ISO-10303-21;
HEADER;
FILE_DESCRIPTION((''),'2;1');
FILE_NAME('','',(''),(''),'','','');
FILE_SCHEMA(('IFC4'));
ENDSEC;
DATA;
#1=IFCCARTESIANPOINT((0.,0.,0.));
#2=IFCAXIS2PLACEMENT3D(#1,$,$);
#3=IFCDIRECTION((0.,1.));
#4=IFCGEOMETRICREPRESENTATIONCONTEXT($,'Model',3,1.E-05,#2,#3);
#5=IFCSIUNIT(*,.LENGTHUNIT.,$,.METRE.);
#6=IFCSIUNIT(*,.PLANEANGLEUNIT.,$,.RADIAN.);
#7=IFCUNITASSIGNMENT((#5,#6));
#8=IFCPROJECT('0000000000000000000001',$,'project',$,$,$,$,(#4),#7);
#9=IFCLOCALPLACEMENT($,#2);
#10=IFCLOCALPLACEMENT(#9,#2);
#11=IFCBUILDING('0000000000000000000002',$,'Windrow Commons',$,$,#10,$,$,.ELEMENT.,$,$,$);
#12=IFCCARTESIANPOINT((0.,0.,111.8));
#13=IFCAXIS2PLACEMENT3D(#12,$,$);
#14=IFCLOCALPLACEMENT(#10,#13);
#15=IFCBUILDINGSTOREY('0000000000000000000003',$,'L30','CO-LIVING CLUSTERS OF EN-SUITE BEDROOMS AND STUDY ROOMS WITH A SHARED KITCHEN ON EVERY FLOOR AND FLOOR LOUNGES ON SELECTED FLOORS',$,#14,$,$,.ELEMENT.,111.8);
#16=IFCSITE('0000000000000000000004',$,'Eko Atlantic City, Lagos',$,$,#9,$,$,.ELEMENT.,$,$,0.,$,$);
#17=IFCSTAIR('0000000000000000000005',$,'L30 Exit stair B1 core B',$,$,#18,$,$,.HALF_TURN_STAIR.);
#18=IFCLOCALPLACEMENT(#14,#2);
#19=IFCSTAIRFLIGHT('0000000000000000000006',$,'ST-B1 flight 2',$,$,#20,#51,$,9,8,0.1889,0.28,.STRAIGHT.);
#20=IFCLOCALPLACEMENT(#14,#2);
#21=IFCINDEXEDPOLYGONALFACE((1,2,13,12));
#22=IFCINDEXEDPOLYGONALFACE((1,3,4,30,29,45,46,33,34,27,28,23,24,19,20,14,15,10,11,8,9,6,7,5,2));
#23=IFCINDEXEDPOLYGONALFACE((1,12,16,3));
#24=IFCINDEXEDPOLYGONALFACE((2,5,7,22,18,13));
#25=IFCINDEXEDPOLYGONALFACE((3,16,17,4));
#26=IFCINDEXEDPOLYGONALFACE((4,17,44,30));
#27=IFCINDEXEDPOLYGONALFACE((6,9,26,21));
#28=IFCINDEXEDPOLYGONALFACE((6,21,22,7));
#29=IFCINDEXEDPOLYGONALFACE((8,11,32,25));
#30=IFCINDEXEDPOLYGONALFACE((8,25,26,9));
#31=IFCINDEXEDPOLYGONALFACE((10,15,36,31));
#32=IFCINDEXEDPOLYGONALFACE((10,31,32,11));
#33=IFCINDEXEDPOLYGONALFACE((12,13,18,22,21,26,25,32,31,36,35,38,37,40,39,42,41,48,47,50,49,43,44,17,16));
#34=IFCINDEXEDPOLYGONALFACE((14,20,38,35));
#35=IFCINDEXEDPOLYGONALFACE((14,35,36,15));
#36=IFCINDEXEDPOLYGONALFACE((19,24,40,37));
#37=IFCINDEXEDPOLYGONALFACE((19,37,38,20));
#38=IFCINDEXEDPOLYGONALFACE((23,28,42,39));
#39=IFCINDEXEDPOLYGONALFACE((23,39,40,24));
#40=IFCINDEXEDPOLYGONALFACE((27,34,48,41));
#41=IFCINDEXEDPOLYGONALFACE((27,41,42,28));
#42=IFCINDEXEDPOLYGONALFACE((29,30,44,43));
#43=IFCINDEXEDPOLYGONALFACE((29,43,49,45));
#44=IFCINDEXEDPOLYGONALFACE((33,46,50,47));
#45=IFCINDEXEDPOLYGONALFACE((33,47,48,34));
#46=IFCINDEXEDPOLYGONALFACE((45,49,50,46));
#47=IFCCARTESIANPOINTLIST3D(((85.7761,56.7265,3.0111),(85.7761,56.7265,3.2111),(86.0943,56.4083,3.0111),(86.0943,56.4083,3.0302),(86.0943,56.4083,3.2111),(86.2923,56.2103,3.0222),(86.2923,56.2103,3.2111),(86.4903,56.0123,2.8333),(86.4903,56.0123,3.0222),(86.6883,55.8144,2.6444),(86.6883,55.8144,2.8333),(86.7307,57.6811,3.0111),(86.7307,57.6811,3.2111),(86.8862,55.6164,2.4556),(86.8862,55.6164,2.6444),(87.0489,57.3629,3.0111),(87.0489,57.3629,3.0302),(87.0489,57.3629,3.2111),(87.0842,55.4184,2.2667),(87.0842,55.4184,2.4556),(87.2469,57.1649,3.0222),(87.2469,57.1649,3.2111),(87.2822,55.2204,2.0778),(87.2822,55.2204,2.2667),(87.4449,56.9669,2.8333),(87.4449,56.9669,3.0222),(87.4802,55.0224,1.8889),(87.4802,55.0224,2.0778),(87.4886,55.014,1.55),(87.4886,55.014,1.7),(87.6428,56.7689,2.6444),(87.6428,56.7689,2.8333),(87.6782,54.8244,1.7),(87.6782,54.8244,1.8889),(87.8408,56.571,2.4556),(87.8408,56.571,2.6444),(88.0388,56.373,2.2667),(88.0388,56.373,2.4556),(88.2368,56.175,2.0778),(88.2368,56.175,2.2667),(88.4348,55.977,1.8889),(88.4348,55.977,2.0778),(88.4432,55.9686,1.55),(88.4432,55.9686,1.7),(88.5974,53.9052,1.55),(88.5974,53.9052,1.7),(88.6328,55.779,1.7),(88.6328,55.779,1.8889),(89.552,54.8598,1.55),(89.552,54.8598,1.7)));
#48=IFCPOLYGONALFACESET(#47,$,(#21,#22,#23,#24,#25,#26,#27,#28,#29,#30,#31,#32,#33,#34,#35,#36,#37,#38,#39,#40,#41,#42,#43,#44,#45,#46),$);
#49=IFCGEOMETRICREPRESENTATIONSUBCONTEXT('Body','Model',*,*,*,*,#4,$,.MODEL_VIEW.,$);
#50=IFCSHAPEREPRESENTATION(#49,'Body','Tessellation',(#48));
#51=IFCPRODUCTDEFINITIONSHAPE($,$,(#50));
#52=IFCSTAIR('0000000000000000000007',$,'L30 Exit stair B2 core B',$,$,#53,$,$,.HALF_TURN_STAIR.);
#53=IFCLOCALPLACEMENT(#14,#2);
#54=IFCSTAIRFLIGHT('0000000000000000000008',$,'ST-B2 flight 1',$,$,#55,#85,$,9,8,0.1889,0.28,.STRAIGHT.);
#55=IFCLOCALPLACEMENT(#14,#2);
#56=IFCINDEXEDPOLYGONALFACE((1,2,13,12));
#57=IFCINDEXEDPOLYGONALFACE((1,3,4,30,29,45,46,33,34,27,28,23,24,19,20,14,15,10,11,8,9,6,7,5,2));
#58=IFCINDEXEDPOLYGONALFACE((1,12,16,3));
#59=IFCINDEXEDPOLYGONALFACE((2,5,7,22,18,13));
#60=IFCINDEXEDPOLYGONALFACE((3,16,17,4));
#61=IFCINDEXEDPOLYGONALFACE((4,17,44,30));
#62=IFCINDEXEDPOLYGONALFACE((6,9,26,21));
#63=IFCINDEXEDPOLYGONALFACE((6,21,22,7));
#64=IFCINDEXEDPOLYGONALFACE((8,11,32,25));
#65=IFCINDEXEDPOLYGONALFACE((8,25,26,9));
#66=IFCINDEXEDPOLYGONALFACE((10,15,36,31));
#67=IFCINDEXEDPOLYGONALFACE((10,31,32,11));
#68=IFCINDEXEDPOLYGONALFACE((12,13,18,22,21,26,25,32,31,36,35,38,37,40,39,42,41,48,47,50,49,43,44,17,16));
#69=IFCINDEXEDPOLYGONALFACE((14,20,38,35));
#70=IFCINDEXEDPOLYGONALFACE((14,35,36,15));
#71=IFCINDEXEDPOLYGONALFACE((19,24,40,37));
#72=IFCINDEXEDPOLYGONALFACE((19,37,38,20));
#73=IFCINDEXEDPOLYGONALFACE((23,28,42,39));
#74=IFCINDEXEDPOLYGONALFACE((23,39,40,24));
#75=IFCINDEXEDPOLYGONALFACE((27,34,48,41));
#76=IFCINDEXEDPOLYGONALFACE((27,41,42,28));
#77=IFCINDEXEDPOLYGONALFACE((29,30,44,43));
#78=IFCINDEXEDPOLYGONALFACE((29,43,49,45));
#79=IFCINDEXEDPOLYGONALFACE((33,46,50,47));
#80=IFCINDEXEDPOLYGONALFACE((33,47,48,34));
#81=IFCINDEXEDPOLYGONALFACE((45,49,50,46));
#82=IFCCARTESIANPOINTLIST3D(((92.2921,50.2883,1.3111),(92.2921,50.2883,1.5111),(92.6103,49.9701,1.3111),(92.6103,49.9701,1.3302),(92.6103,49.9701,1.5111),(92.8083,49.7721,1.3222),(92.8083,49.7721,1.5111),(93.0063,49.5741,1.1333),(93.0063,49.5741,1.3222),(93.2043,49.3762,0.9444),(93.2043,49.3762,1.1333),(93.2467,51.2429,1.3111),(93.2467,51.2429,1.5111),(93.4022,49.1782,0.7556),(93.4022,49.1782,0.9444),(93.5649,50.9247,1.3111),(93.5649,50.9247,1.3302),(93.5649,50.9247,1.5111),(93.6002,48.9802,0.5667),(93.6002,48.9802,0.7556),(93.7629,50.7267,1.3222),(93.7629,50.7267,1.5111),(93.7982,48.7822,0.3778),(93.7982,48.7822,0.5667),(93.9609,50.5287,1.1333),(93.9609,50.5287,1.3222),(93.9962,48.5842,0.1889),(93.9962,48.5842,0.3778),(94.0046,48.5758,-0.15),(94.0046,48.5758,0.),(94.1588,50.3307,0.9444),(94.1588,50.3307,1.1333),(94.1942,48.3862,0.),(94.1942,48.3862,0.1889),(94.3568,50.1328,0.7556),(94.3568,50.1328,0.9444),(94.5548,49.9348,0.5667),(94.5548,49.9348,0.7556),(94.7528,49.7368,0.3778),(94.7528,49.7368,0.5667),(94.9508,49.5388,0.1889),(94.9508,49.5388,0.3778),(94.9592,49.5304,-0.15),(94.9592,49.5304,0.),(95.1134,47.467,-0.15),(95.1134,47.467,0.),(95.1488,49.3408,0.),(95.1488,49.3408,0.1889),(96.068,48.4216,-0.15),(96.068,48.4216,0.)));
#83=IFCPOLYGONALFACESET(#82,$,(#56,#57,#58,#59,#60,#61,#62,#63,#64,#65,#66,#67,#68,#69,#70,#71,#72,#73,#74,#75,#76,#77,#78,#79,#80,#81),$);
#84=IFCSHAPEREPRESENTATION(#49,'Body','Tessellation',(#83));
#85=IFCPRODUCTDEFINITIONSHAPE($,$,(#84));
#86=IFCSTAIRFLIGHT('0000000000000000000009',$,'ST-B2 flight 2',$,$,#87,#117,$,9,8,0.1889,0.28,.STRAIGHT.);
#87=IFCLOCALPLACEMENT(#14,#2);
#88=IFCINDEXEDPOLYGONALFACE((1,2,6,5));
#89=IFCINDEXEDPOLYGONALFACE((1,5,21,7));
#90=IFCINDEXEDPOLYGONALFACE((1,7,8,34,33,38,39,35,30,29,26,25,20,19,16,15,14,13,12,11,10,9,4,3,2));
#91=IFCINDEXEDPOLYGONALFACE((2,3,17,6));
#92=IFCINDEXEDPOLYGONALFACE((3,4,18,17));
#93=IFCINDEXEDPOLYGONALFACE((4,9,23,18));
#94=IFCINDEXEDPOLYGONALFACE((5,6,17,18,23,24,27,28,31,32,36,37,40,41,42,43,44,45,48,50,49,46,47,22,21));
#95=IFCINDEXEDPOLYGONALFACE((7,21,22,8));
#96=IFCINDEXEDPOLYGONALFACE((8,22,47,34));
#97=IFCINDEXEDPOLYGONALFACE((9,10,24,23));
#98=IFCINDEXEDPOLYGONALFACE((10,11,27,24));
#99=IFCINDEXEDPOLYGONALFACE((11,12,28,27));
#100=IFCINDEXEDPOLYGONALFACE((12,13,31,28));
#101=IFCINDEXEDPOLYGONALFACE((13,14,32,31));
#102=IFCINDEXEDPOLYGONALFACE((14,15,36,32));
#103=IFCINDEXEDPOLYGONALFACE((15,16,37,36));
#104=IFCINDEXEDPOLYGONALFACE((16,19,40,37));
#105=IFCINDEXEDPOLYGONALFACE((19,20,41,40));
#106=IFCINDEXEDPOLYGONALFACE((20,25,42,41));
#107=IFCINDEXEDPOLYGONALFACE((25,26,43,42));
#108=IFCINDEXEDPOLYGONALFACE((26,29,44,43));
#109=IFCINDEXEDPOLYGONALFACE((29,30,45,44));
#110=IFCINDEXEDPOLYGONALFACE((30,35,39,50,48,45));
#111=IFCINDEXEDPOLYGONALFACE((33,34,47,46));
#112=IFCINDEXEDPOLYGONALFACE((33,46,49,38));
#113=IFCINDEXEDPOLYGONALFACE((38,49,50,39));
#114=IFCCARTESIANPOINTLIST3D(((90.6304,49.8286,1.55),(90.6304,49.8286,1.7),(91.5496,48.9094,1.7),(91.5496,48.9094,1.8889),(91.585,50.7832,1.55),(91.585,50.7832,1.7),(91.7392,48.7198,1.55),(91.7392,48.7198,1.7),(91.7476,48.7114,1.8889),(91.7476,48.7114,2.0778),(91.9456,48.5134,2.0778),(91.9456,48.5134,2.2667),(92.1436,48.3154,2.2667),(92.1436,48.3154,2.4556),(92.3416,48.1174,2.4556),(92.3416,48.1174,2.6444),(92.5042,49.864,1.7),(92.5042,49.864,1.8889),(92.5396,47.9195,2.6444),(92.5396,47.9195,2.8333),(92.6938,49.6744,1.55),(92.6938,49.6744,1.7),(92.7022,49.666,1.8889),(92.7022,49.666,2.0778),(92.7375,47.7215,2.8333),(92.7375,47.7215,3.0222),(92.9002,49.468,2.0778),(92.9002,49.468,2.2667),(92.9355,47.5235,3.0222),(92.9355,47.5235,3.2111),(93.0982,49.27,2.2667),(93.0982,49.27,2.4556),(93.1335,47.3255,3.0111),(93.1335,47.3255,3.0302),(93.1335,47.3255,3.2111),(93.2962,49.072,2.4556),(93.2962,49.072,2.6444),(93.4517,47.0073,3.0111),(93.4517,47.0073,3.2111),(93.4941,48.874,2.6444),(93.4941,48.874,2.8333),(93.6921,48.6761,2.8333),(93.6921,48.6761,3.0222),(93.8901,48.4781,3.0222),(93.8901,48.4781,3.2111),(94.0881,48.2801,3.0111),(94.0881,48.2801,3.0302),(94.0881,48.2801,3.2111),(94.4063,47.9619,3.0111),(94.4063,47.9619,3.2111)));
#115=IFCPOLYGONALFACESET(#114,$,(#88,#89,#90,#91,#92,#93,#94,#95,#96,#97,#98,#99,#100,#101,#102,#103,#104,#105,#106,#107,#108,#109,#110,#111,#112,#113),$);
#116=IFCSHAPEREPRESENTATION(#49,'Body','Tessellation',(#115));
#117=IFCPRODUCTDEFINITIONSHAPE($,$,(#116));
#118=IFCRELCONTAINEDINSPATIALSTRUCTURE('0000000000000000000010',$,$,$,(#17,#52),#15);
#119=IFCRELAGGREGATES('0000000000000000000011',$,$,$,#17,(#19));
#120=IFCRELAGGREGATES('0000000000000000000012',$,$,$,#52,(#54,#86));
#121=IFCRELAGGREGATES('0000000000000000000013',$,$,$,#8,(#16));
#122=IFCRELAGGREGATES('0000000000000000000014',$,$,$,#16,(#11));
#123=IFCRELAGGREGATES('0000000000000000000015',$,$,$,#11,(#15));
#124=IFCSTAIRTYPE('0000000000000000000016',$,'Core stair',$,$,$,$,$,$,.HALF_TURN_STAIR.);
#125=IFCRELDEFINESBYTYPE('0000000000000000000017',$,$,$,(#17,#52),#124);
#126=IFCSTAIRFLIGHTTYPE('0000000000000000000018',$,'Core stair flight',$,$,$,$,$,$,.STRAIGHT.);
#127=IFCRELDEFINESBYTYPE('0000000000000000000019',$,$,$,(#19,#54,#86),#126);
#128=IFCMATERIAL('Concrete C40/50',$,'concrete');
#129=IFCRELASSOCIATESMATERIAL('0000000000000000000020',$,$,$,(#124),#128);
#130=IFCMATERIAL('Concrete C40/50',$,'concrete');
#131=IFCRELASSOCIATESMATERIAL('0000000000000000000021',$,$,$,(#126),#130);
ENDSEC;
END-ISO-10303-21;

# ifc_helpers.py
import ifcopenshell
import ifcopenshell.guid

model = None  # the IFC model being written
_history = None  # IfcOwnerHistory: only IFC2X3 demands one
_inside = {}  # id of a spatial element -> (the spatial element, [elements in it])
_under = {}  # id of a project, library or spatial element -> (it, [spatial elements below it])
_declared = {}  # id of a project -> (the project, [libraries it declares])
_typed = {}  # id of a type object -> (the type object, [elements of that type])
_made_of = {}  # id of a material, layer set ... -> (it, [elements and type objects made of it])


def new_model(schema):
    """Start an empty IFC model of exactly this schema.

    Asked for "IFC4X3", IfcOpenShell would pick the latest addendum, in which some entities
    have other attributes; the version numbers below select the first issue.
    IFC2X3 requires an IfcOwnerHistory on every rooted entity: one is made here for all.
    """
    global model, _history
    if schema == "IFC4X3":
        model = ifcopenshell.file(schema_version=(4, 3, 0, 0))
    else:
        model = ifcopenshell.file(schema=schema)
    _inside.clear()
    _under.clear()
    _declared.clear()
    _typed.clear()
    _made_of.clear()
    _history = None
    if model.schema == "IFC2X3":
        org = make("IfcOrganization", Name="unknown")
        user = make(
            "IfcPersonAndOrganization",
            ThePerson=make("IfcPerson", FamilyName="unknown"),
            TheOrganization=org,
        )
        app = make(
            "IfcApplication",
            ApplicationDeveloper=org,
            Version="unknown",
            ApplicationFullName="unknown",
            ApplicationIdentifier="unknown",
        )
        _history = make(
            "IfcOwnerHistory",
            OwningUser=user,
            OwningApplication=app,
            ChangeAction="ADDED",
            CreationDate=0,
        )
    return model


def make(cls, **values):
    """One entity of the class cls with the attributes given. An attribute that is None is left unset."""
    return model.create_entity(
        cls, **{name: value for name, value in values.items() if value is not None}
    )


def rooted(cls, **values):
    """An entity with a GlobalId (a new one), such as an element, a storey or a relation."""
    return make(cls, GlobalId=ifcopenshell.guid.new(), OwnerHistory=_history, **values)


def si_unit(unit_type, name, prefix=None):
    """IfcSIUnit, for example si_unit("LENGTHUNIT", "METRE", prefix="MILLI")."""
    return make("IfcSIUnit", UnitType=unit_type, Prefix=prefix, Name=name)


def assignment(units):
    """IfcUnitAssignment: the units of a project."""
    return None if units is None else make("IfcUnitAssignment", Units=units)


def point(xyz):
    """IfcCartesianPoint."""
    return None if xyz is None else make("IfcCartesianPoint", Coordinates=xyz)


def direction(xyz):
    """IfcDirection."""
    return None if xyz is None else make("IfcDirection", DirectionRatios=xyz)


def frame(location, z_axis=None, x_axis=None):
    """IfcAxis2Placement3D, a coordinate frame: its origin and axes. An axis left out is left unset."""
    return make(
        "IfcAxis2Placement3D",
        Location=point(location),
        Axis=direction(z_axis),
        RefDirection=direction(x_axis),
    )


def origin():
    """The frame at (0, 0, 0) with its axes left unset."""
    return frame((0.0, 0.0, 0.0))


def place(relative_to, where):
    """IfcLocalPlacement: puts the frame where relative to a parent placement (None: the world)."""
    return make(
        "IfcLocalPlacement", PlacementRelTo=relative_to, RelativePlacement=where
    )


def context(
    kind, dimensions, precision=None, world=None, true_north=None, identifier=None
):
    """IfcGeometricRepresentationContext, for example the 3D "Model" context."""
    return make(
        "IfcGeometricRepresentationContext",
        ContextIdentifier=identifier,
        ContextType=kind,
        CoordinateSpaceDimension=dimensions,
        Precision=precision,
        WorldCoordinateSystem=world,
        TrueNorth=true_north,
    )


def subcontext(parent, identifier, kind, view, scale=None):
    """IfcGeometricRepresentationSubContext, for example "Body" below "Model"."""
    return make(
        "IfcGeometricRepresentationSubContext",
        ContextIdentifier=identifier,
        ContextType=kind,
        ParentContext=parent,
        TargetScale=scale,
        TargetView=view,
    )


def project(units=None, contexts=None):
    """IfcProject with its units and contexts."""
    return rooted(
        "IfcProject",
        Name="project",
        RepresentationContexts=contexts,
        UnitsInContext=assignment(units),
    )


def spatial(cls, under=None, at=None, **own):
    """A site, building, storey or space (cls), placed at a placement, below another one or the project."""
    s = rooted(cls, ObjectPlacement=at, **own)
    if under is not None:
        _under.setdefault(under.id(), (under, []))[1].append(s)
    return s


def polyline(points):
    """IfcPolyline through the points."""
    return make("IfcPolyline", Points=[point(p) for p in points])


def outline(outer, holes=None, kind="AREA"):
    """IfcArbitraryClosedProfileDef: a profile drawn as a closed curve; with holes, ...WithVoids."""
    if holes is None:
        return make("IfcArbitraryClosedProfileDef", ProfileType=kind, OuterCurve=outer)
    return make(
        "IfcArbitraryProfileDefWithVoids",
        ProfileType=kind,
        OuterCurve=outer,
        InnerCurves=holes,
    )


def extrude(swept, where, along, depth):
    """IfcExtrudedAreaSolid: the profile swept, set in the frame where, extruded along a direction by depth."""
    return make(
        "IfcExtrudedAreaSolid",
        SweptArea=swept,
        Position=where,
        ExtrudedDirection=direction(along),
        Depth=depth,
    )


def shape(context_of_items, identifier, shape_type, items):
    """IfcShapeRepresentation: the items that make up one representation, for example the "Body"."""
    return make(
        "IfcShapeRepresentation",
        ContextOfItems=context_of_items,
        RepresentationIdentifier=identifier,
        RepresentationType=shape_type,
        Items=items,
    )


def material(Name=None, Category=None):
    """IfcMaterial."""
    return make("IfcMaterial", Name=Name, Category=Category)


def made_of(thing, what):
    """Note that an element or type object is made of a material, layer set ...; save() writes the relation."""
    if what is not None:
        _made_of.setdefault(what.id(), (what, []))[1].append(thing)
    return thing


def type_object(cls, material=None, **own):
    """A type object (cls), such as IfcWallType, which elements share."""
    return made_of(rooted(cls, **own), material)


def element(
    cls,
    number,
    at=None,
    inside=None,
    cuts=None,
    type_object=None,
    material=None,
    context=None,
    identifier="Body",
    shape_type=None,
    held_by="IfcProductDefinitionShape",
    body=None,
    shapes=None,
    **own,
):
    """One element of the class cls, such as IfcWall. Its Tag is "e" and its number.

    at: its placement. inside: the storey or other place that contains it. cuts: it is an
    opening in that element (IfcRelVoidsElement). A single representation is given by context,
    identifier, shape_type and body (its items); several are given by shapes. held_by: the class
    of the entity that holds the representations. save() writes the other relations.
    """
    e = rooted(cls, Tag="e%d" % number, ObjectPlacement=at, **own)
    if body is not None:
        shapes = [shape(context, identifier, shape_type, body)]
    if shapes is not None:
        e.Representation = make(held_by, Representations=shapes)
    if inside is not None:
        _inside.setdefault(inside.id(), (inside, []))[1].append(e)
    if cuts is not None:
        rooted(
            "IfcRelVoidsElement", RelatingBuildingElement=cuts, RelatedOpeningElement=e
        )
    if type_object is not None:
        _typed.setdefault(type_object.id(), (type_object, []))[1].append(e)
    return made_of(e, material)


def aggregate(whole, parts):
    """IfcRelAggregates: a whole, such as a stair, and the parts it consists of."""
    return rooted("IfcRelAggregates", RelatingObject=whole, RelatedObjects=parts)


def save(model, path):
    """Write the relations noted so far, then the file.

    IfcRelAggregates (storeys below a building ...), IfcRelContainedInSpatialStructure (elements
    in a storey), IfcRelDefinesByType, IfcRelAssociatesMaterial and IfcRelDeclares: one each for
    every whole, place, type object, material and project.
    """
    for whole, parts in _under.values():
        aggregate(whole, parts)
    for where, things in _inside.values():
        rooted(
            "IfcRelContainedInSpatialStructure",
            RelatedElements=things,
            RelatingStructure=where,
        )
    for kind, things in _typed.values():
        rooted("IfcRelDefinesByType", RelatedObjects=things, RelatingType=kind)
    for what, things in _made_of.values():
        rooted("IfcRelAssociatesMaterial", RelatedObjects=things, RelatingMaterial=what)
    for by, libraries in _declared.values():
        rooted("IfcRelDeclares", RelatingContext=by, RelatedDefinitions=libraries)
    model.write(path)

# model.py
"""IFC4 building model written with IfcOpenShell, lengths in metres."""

from ifc_helpers import new_model, si_unit, direction, frame, origin, place, context, subcontext, project, spatial, polyline, outline, extrude, material, type_object, element, aggregate, save


model = new_model("IFC4")

# Units and contexts
model_context = context("Model", 3, precision=1e-05, world=origin(), true_north=direction((0.0, 1.0)))
body_context = subcontext(model_context, "Body", "Model", "MODEL_VIEW")
ifc_project = project(units=[si_unit("LENGTHUNIT", "METRE"), si_unit("PLANEANGLEUNIT", "RADIAN")], contexts=[model_context])

# Site, building, storey
site_placement = place(None, origin())
site = spatial("IfcSite", under=ifc_project, at=site_placement, Name="Eko Atlantic City, Lagos", CompositionType="ELEMENT", RefElevation=0.0)
building_placement = place(site_placement, origin())
building = spatial("IfcBuilding", under=site, at=building_placement, Name="Windrow Commons", CompositionType="ELEMENT")
storey_placement = place(building_placement, frame((0.0, 0.0, 111.8)))
storey = spatial("IfcBuildingStorey", under=building, at=storey_placement, Name="L30", Description="CO-LIVING CLUSTERS OF EN-SUITE BEDROOMS AND STUDY ROOMS WITH A SHARED KITCHEN ON EVERY FLOOR AND FLOOR LOUNGES ON SELECTED FLOORS", CompositionType="ELEMENT", Elevation=111.8)

# Stairs, stair flights
ifc_material_1 = material(Name="Concrete C40/50", Category="concrete")
stair_type = type_object("IfcStairType", Name="Core stair", PredefinedType="HALF_TURN_STAIR", material=ifc_material_1)
placement = place(storey_placement, origin())
stair_1 = element("IfcStair", 1, at=placement, inside=storey, type_object=stair_type, Name="L30 Exit stair B1 core B", PredefinedType="HALF_TURN_STAIR")
ifc_material_2 = material(Name="Concrete C40/50", Category="concrete")
stair_flight_type = type_object("IfcStairFlightType", Name="Core stair flight", PredefinedType="STRAIGHT", material=ifc_material_2)
stair_flight_1_placement = place(storey_placement, frame((88.1555, 55.3017, 1.7), z_axis=(0.0, 0.0, 1.0), x_axis=(-0.707107, 0.707107, 0.0)))
stair_flight_1 = element("IfcStairFlight", 2, at=stair_flight_1_placement, type_object=stair_flight_type, Name="ST-B1 flight 2", NumberOfRisers=9, NumberOfTreads=8, PredefinedType="STRAIGHT", RiserHeight=0.1889, TreadLength=0.28, context=body_context, shape_type="SweptSolid", body=[
    extrude(outline(polyline([(-1.3, -0.15), (-1.3, 0.0), (0.0, 0.0), (0.0, 0.1889), (0.28, 0.1889), (0.28, 0.3778), (0.56, 0.3778), (0.56, 0.5667), (0.84, 0.5667), (0.84, 0.7556), (1.12, 0.7556), (1.12, 0.9444), (1.4, 0.9444), (1.4, 1.1333), (1.68, 1.1333), (1.68, 1.3222), (1.96, 1.3222), (1.96, 1.5111), (2.24, 1.5111), (2.69, 1.5111), (2.69, 1.3111), (2.24, 1.3111), (2.24, 1.3302), (0.2682, 0.0), (0.2682, -0.15), (-1.3, -0.15)])), frame((0.0, 0.675, 0.0), z_axis=(0.0, -1.0, 0.0), x_axis=(1.0, 0.0, 0.0)), (0.0, 0.0, 1.0), 1.35),
])
aggregate(stair_1, [stair_flight_1])
stair_2 = element("IfcStair", 3, at=placement, inside=storey, type_object=stair_type, Name="L30 Exit stair B2 core B", PredefinedType="HALF_TURN_STAIR")
stair_flight_2_placement = place(storey_placement, frame((94.6715, 48.8635, 0.0), z_axis=(0.0, 0.0, 1.0), x_axis=(-0.707107, 0.707107, 0.0)))
stair_flight_2 = element("IfcStairFlight", 4, at=stair_flight_2_placement, type_object=stair_flight_type, Name="ST-B2 flight 1", NumberOfRisers=9, NumberOfTreads=8, PredefinedType="STRAIGHT", RiserHeight=0.1889, TreadLength=0.28, context=body_context, shape_type="SweptSolid", body=[
    extrude(outline(polyline([(-1.3, -0.15), (-1.3, 0.0), (0.0, 0.0), (0.0, 0.1889), (0.28, 0.1889), (0.28, 0.3778), (0.56, 0.3778), (0.56, 0.5667), (0.84, 0.5667), (0.84, 0.7556), (1.12, 0.7556), (1.12, 0.9444), (1.4, 0.9444), (1.4, 1.1333), (1.68, 1.1333), (1.68, 1.3222), (1.96, 1.3222), (1.96, 1.5111), (2.24, 1.5111), (2.69, 1.5111), (2.69, 1.3111), (2.24, 1.3111), (2.24, 1.3302), (0.2682, 0.0), (0.2682, -0.15), (-1.3, -0.15)])), frame((0.0, 0.675, 0.0), z_axis=(0.0, -1.0, 0.0), x_axis=(1.0, 0.0, 0.0)), (0.0, 0.0, 1.0), 1.35),
])
stair_flight_3_placement = place(storey_placement, frame((92.0269, 49.3867, 1.7), z_axis=(0.0, 0.0, 1.0), x_axis=(0.707107, -0.707107, 0.0)))
stair_flight_3 = element("IfcStairFlight", 5, at=stair_flight_3_placement, type_object=stair_flight_type, Name="ST-B2 flight 2", NumberOfRisers=9, NumberOfTreads=8, PredefinedType="STRAIGHT", RiserHeight=0.1889, TreadLength=0.28, context=body_context, shape_type="SweptSolid", body=[
    extrude(outline(polyline([(-1.3, -0.15), (-1.3, 0.0), (0.0, 0.0), (0.0, 0.1889), (0.28, 0.1889), (0.28, 0.3778), (0.56, 0.3778), (0.56, 0.5667), (0.84, 0.5667), (0.84, 0.7556), (1.12, 0.7556), (1.12, 0.9444), (1.4, 0.9444), (1.4, 1.1333), (1.68, 1.1333), (1.68, 1.3222), (1.96, 1.3222), (1.96, 1.5111), (2.24, 1.5111), (2.69, 1.5111), (2.69, 1.3111), (2.24, 1.3111), (2.24, 1.3302), (0.2682, 0.0), (0.2682, -0.15), (-1.3, -0.15)])), frame((0.0, 0.675, 0.0), z_axis=(0.0, -1.0, 0.0), x_axis=(1.0, 0.0, 0.0)), (0.0, 0.0, 1.0), 1.35),
])
aggregate(stair_2, [stair_flight_2, stair_flight_3])

save(model, "model.ifc")
